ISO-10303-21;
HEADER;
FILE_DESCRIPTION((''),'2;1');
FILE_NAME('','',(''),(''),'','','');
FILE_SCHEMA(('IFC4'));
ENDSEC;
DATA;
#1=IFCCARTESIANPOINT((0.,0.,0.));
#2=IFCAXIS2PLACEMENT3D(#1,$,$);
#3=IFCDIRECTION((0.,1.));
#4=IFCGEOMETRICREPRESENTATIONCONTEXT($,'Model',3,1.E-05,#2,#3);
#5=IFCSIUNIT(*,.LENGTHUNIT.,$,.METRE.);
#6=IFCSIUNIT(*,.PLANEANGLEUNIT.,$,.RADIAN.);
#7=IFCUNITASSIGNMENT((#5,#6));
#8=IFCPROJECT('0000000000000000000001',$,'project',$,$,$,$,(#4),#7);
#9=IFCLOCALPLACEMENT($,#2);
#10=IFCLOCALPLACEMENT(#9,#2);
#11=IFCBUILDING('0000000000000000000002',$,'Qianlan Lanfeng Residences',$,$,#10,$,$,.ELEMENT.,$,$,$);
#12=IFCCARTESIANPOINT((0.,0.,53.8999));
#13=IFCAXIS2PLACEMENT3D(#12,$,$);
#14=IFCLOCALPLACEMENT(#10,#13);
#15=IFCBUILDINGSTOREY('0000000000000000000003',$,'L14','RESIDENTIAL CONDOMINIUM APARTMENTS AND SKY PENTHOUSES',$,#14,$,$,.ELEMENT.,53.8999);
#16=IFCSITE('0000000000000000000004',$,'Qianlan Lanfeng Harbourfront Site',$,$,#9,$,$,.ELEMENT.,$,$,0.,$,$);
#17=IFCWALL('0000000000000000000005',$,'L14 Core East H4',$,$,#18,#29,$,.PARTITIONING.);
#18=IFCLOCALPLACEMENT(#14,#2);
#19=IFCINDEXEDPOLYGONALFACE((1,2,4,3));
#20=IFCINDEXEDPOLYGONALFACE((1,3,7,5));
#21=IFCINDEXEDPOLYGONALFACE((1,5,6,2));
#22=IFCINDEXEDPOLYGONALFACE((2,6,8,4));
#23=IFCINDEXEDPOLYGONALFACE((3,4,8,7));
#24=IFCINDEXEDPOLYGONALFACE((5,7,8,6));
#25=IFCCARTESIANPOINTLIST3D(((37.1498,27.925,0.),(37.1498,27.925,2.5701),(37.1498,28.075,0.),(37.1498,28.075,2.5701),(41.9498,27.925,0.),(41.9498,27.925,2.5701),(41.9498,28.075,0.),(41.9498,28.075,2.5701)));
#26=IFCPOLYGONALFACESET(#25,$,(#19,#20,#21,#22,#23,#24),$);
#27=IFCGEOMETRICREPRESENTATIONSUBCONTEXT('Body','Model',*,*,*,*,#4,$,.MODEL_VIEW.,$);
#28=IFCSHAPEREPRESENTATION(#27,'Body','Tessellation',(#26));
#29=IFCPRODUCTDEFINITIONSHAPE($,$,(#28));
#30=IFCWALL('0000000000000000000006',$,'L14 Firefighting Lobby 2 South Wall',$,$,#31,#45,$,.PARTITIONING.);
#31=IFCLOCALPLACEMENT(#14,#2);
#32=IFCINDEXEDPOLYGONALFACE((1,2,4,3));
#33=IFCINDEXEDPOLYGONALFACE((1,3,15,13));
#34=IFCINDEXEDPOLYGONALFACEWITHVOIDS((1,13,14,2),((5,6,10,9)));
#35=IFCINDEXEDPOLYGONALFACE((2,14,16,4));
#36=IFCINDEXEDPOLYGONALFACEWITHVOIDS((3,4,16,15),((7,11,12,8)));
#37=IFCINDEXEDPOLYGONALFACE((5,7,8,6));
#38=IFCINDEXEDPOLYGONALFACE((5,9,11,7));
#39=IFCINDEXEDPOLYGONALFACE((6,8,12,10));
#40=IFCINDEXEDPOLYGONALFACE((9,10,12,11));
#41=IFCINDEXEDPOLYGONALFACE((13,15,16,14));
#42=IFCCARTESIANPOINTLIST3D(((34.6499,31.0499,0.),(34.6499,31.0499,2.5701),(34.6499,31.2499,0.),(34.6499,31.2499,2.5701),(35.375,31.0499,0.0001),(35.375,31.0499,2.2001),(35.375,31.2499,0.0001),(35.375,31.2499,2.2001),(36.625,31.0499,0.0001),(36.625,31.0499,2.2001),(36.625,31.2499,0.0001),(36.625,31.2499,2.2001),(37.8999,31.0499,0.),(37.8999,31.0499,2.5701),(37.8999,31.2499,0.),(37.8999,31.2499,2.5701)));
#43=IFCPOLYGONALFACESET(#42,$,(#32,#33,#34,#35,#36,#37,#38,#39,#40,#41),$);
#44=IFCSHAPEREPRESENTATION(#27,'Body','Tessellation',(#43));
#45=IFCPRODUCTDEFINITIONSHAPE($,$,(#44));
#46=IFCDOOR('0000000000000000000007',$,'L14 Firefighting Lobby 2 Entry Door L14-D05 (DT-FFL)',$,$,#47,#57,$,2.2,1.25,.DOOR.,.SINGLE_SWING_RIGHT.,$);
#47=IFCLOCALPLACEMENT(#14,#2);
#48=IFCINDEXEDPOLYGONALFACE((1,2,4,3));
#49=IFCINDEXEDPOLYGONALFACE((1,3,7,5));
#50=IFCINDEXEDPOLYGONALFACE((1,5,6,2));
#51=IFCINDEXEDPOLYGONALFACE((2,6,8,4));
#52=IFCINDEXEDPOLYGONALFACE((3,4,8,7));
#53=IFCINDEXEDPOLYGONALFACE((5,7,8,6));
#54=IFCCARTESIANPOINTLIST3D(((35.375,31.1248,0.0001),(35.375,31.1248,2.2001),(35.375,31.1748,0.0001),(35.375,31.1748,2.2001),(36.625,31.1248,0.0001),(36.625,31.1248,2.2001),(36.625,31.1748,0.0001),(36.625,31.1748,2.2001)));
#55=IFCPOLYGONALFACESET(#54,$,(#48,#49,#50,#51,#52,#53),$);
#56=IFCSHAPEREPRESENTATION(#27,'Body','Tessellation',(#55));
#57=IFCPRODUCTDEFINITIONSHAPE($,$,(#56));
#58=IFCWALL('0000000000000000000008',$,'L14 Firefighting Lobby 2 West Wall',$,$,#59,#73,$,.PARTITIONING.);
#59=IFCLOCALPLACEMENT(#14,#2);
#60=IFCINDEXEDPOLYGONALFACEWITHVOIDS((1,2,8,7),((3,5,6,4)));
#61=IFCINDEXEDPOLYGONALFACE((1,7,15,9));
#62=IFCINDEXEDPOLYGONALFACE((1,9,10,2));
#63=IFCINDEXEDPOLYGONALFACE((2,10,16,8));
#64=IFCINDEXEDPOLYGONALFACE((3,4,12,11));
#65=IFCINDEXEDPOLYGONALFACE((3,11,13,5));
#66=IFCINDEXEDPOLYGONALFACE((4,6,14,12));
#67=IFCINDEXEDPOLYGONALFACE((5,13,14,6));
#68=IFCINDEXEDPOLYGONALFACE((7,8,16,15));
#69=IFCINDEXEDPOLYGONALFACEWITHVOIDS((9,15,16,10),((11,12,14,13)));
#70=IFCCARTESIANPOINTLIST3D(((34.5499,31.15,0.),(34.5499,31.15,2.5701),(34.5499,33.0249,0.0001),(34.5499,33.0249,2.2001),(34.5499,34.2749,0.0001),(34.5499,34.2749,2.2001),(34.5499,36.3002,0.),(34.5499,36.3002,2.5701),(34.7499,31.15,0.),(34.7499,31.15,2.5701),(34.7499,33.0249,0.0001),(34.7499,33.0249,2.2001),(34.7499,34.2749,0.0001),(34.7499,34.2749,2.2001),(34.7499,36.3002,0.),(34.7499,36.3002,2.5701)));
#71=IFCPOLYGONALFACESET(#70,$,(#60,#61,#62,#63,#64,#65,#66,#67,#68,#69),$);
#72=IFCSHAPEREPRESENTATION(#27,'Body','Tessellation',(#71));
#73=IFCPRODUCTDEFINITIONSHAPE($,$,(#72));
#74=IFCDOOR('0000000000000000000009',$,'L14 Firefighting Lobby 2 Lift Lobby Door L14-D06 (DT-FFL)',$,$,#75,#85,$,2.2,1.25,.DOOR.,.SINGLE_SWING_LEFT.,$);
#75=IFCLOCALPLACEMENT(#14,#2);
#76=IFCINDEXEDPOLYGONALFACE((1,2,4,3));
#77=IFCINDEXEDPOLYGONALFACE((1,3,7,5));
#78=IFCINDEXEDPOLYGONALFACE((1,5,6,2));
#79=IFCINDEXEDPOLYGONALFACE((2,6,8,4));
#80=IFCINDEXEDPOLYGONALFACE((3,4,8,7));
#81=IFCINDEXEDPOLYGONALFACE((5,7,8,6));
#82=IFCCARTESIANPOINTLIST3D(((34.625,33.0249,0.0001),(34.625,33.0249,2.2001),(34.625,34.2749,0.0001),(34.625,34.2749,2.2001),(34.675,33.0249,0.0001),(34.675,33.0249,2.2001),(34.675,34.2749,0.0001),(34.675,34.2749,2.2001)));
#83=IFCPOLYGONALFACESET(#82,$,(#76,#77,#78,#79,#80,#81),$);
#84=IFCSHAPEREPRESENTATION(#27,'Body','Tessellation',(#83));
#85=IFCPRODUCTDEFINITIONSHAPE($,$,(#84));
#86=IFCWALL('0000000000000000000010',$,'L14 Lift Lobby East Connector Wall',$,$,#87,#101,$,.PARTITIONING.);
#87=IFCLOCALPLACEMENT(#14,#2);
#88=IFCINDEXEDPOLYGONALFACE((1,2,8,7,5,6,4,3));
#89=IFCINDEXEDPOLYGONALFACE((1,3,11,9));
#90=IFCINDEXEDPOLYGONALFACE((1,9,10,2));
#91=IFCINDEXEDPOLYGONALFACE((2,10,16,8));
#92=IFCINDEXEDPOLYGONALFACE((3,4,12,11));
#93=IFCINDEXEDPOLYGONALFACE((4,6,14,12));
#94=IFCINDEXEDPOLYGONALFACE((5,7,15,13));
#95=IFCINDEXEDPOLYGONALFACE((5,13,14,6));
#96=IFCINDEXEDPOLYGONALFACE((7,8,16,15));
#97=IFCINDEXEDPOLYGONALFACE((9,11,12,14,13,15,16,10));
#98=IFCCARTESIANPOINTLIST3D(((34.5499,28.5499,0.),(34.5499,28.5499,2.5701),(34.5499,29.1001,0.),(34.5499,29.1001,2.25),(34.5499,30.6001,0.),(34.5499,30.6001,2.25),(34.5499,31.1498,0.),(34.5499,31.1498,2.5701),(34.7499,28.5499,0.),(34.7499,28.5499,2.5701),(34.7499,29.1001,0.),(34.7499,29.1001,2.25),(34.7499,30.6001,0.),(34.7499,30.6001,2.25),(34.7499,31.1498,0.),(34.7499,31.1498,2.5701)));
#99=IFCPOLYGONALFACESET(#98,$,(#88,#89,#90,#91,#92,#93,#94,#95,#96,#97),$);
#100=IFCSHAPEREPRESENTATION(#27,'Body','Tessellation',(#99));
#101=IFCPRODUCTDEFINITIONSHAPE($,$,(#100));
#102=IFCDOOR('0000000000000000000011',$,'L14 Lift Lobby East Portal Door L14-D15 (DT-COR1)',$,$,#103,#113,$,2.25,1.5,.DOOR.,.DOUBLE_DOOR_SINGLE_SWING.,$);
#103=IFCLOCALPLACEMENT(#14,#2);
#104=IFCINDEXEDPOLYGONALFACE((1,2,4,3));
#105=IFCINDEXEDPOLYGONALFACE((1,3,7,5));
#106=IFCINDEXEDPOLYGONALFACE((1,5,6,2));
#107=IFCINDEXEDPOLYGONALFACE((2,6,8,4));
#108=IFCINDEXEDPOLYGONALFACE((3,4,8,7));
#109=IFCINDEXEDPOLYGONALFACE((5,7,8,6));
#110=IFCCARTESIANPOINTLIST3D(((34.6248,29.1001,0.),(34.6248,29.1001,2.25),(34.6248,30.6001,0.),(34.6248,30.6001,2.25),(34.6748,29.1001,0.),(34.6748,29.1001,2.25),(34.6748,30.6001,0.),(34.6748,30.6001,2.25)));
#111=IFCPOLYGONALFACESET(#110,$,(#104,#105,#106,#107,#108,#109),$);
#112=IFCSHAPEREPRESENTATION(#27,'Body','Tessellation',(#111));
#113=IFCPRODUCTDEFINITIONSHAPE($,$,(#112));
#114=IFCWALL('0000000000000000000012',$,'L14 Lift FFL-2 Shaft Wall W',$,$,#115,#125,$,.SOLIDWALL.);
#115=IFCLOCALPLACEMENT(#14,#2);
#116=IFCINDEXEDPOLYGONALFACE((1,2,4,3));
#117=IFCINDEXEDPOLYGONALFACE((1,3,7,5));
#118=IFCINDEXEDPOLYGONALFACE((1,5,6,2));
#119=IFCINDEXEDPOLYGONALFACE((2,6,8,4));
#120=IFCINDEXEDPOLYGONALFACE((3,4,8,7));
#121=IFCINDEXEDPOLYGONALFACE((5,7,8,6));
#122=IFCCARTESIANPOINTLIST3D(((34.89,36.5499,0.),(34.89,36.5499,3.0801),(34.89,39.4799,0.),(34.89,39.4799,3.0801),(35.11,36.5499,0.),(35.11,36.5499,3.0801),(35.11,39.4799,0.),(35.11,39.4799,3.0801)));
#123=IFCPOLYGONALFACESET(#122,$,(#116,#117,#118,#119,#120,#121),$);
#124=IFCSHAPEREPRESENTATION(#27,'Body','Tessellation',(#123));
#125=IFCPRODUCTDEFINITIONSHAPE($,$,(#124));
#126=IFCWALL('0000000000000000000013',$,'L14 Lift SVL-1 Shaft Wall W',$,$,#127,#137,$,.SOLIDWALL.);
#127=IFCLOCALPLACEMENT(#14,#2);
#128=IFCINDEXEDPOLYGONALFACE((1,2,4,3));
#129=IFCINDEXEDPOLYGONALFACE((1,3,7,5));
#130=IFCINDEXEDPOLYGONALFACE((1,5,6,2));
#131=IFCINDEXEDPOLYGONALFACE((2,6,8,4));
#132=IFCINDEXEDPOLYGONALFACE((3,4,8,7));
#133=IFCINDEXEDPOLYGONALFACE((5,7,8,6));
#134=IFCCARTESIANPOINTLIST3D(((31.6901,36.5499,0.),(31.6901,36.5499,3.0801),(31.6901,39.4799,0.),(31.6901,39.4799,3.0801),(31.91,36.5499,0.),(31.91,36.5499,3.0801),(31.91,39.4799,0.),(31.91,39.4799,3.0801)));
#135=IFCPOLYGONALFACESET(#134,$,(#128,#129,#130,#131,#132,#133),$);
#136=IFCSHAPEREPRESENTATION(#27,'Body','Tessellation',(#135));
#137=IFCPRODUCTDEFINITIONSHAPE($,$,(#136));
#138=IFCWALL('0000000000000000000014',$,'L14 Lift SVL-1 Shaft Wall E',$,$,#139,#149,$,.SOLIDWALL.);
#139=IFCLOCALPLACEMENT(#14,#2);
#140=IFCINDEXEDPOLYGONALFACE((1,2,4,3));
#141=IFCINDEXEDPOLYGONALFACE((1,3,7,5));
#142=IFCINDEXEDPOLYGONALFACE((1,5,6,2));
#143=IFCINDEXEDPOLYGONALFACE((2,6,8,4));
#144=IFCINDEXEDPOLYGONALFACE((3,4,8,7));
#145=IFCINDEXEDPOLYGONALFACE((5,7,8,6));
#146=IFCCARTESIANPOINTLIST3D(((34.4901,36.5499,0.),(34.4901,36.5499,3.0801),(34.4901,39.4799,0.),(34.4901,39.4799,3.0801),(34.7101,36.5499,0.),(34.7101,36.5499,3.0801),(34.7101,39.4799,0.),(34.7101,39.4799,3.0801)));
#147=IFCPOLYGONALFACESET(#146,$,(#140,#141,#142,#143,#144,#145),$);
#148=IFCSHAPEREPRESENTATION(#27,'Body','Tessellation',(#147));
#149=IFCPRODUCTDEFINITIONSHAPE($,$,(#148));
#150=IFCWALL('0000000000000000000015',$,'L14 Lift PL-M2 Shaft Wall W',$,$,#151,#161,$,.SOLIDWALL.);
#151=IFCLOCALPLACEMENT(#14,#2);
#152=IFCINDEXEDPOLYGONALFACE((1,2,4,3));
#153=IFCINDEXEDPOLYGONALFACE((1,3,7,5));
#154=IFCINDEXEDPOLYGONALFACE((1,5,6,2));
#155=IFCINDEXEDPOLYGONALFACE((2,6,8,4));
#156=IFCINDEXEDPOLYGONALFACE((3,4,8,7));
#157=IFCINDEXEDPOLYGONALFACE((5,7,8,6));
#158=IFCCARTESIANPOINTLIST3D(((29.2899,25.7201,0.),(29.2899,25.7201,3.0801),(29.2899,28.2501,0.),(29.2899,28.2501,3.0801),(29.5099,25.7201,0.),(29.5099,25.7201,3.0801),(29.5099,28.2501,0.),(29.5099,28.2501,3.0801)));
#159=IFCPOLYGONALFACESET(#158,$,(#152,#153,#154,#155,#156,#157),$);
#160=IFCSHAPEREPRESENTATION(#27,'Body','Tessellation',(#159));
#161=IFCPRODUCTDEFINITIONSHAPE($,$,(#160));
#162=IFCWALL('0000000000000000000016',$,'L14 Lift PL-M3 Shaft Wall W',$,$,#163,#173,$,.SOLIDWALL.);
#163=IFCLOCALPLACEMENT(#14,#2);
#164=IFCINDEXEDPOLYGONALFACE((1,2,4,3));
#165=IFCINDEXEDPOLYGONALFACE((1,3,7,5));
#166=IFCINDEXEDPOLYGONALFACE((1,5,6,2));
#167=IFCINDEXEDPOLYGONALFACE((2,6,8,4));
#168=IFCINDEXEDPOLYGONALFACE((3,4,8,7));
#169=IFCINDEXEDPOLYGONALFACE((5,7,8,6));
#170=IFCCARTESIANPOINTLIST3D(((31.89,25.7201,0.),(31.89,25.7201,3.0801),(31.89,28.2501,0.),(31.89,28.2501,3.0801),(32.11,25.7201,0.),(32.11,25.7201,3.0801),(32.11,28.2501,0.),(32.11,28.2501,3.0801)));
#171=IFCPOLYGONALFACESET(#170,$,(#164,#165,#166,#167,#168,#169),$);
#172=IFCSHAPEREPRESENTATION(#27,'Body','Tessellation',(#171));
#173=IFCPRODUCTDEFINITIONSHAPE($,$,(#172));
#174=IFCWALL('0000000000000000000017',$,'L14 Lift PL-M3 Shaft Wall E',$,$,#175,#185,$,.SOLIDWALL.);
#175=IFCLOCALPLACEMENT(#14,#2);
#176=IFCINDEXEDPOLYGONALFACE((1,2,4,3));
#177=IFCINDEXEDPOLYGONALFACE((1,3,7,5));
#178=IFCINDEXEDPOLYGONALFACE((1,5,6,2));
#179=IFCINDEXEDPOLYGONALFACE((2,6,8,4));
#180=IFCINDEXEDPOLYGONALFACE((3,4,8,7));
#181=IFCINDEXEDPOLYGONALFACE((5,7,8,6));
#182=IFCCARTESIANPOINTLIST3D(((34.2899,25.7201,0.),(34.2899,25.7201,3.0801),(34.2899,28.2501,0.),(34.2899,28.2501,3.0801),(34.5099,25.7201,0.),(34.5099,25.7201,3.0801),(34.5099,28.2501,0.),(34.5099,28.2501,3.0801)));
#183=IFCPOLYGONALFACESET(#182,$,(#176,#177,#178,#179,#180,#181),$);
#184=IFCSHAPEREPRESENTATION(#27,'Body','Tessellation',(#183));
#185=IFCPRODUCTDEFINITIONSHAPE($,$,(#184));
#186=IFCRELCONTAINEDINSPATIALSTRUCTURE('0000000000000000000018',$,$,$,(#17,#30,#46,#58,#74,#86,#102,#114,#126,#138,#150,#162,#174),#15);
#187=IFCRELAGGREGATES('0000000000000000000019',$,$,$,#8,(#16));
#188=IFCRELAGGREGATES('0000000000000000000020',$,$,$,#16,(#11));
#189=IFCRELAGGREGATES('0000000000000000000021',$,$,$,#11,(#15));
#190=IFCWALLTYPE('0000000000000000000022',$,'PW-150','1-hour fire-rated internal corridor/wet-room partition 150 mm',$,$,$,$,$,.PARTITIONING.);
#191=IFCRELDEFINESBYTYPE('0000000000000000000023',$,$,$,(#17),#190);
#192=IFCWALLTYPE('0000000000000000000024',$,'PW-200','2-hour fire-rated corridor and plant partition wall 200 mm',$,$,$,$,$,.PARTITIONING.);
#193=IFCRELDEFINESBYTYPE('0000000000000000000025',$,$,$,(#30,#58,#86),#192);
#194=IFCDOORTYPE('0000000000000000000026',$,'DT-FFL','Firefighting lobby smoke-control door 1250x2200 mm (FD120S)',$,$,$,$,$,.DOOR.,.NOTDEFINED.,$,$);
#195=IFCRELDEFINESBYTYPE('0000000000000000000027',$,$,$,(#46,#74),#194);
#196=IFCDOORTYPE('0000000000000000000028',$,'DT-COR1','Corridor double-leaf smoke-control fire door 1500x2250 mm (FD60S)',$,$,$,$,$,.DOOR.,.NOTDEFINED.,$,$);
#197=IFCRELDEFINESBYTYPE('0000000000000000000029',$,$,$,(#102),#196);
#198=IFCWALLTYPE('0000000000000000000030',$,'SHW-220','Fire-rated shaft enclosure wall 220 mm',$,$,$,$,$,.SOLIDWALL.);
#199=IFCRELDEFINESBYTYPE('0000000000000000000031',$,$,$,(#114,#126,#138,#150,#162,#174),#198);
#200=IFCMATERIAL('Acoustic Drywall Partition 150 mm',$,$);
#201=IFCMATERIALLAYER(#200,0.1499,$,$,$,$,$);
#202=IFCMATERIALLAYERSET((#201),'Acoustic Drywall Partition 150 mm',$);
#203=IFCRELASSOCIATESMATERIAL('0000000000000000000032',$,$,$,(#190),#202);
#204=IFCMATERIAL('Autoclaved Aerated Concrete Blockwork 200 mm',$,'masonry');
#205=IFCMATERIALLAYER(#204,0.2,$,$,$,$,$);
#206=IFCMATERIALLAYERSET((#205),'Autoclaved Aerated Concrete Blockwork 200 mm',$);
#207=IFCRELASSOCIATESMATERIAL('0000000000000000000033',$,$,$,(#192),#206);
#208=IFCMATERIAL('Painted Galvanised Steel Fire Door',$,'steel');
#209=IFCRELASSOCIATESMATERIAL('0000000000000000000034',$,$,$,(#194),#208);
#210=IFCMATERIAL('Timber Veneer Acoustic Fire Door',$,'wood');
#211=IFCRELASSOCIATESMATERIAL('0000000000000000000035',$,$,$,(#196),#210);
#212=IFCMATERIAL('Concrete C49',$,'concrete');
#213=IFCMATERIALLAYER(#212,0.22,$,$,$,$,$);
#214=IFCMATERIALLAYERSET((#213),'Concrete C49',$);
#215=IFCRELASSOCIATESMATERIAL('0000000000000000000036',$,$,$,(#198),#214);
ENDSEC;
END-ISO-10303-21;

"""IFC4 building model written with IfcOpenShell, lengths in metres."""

from ifc_helpers import new_model, si_unit, direction, frame, frame_2d, origin, place, context, subcontext, project, spatial, rectangle, extrude, material, layer, layer_set, type_object, element, fill, save


model = new_model("IFC4")

# Units and contexts
model_context = context("Model", 3, precision=1e-05, world=origin(), true_north=direction((0.0, 1.0)))
body_context = subcontext(model_context, "Body", "Model", "MODEL_VIEW")
ifc_project = project(units=[si_unit("LENGTHUNIT", "METRE"), si_unit("PLANEANGLEUNIT", "RADIAN")], contexts=[model_context])

# Site, building, storey
site_placement = place(None, origin())
site = spatial("IfcSite", under=ifc_project, at=site_placement, Name="Qianlan Lanfeng Harbourfront Site", CompositionType="ELEMENT", RefElevation=0.0)
building_placement = place(site_placement, origin())
building = spatial("IfcBuilding", under=site, at=building_placement, Name="Qianlan Lanfeng Residences", CompositionType="ELEMENT")
storey_placement = place(building_placement, frame((0.0, 0.0, 53.8999)))
storey = spatial("IfcBuildingStorey", under=building, at=storey_placement, Name="L14", Description="RESIDENTIAL CONDOMINIUM APARTMENTS AND SKY PENTHOUSES", CompositionType="ELEMENT", Elevation=53.8999)

# Wall
ifc_material_1 = material(Name="Acoustic Drywall Partition 150 mm")
ifc_layer_1 = layer(ifc_material_1, 0.1499)
ifc_layer_set_1 = layer_set([ifc_layer_1], Name="Acoustic Drywall Partition 150 mm")
wall_type_1 = type_object("IfcWallType", Name="PW-150", Description="1-hour fire-rated internal corridor/wet-room partition 150 mm", PredefinedType="PARTITIONING", material=ifc_layer_set_1)
wall_1_placement = place(storey_placement, frame((37.1499, 28.0, 0.0), z_axis=(0.0, 0.0, 1.0), x_axis=(1.0, 0.0, 0.0)))
element("IfcWall", 1, at=wall_1_placement, inside=storey, type_object=wall_type_1, Name="L14 Core East H4", PredefinedType="PARTITIONING", context=body_context, shape_type="SweptSolid", body=[
    extrude(rectangle(XDim=4.8, YDim=0.1499, at=frame_2d((2.3999, 0.0))), origin(), (0.0, 0.0, 1.0), 2.5701),
])

# Walls, openings, doors
ifc_material_2 = material(Name="Autoclaved Aerated Concrete Blockwork 200 mm", Category="masonry")
ifc_layer_2 = layer(ifc_material_2, 0.2)
ifc_layer_set_2 = layer_set([ifc_layer_2], Name="Autoclaved Aerated Concrete Blockwork 200 mm")
wall_type_2 = type_object("IfcWallType", Name="PW-200", Description="2-hour fire-rated corridor and plant partition wall 200 mm", PredefinedType="PARTITIONING", material=ifc_layer_set_2)
wall_2_placement = place(storey_placement, frame((34.6499, 31.1499, 0.0), z_axis=(0.0, 0.0, 1.0), x_axis=(1.0, 0.0, 0.0)))
wall_2 = element("IfcWall", 2, at=wall_2_placement, inside=storey, type_object=wall_type_2, Name="L14 Firefighting Lobby 2 South Wall", PredefinedType="PARTITIONING", context=body_context, shape_type="SweptSolid", body=[
    extrude(rectangle(XDim=3.25, YDim=0.2, at=frame_2d((1.625, 0.0))), origin(), (0.0, 0.0, 1.0), 2.5701),
])
opening_1_placement = place(wall_2_placement, frame((0.7251, 0.0, 0.0)))
opening_1 = element("IfcOpeningElement", 3, at=opening_1_placement, cuts=wall_2, PredefinedType="OPENING", context=body_context, shape_type="SweptSolid", body=[
    extrude(rectangle(XDim=1.25, YDim=2.2, at=frame_2d((0.625, 1.1001))), frame((0.0, 0.1099, 0.0), z_axis=(0.0, -1.0, 0.0), x_axis=(1.0, 0.0, 0.0)), (0.0, 0.0, 1.0), 0.22),
])
ifc_material_3 = material(Name="Painted Galvanised Steel Fire Door", Category="steel")
door_type_1 = type_object("IfcDoorType", Name="DT-FFL", Description="Firefighting lobby smoke-control door 1250x2200 mm (FD120S)", OperationType="NOTDEFINED", PredefinedType="DOOR", material=ifc_material_3)
door_1_placement = place(opening_1_placement, origin())
door_1 = element("IfcDoor", 4, at=door_1_placement, inside=storey, type_object=door_type_1, Name="L14 Firefighting Lobby 2 Entry Door L14-D05 (DT-FFL)", OperationType="SINGLE_SWING_RIGHT", OverallHeight=2.2, OverallWidth=1.25, PredefinedType="DOOR", context=body_context, shape_type="SweptSolid", body=[
    extrude(rectangle(XDim=1.25, YDim=2.2, at=frame_2d((0.625, 1.1001))), frame((0.0, 0.0249, 0.0), z_axis=(0.0, -1.0, 0.0), x_axis=(1.0, 0.0, 0.0)), (0.0, 0.0, 1.0), 0.05),
])
fill(opening_1, door_1)
wall_3_placement = place(storey_placement, frame((34.6499, 31.1499, 0.0), z_axis=(0.0, 0.0, 1.0), x_axis=(0.0, 1.0, 0.0)))
wall_3 = element("IfcWall", 5, at=wall_3_placement, inside=storey, type_object=wall_type_2, Name="L14 Firefighting Lobby 2 West Wall", PredefinedType="PARTITIONING", context=body_context, shape_type="SweptSolid", body=[
    extrude(rectangle(XDim=5.1501, YDim=0.2, at=frame_2d((2.5752, 0.0))), origin(), (0.0, 0.0, 1.0), 2.5701),
])
opening_2_placement = place(wall_3_placement, frame((1.875, 0.0, 0.0)))
opening_2 = element("IfcOpeningElement", 6, at=opening_2_placement, cuts=wall_3, PredefinedType="OPENING", context=body_context, shape_type="SweptSolid", body=[
    extrude(rectangle(XDim=1.25, YDim=2.2, at=frame_2d((0.625, 1.1001))), frame((0.0, 0.1099, 0.0), z_axis=(0.0, -1.0, 0.0), x_axis=(1.0, 0.0, 0.0)), (0.0, 0.0, 1.0), 0.22),
])
door_2_placement = place(opening_2_placement, origin())
door_2 = element("IfcDoor", 7, at=door_2_placement, inside=storey, type_object=door_type_1, Name="L14 Firefighting Lobby 2 Lift Lobby Door L14-D06 (DT-FFL)", OperationType="SINGLE_SWING_LEFT", OverallHeight=2.2, OverallWidth=1.25, PredefinedType="DOOR", context=body_context, shape_type="SweptSolid", body=[
    extrude(rectangle(XDim=1.25, YDim=2.2, at=frame_2d((0.625, 1.1001))), frame((0.0, 0.0249, 0.0), z_axis=(0.0, -1.0, 0.0), x_axis=(1.0, 0.0, 0.0)), (0.0, 0.0, 1.0), 0.05),
])
fill(opening_2, door_2)
wall_4_placement = place(storey_placement, frame((34.6499, 28.55, 0.0), z_axis=(0.0, 0.0, 1.0), x_axis=(0.0, 1.0, 0.0)))
wall_4 = element("IfcWall", 8, at=wall_4_placement, inside=storey, type_object=wall_type_2, Name="L14 Lift Lobby East Connector Wall", PredefinedType="PARTITIONING", context=body_context, shape_type="SweptSolid", body=[
    extrude(rectangle(XDim=2.5999, YDim=0.2, at=frame_2d((1.2998, 0.0))), origin(), (0.0, 0.0, 1.0), 2.5701),
])
opening_3_placement = place(wall_4_placement, frame((0.55, 0.0, 0.0)))
opening_3 = element("IfcOpeningElement", 9, at=opening_3_placement, cuts=wall_4, PredefinedType="OPENING", context=body_context, shape_type="SweptSolid", body=[
    extrude(rectangle(XDim=1.5, YDim=2.25, at=frame_2d((0.75, 1.125))), frame((0.0, 0.1099, 0.0), z_axis=(0.0, -1.0, 0.0), x_axis=(1.0, 0.0, 0.0)), (0.0, 0.0, 1.0), 0.22),
])
ifc_material_4 = material(Name="Timber Veneer Acoustic Fire Door", Category="wood")
door_type_2 = type_object("IfcDoorType", Name="DT-COR1", Description="Corridor double-leaf smoke-control fire door 1500x2250 mm (FD60S)", OperationType="NOTDEFINED", PredefinedType="DOOR", material=ifc_material_4)
door_3_placement = place(opening_3_placement, frame((1.5, 0.0, 0.0), z_axis=(0.0, 0.0, 1.0), x_axis=(-1.0, 0.0, 0.0)))
door_3 = element("IfcDoor", 10, at=door_3_placement, inside=storey, type_object=door_type_2, Name="L14 Lift Lobby East Portal Door L14-D15 (DT-COR1)", OperationType="DOUBLE_DOOR_SINGLE_SWING", OverallHeight=2.25, OverallWidth=1.5, PredefinedType="DOOR", context=body_context, shape_type="SweptSolid", body=[
    extrude(rectangle(XDim=1.5, YDim=2.25, at=frame_2d((0.75, 1.125))), frame((0.0, 0.0249, 0.0), z_axis=(0.0, -1.0, 0.0), x_axis=(1.0, 0.0, 0.0)), (0.0, 0.0, 1.0), 0.05),
])
fill(opening_3, door_3)

# Walls
ifc_material_5 = material(Name="Concrete C49", Category="concrete")
ifc_layer_3 = layer(ifc_material_5, 0.22)
ifc_layer_set_3 = layer_set([ifc_layer_3], Name="Concrete C49")
wall_type_3 = type_object("IfcWallType", Name="SHW-220", Description="Fire-rated shaft enclosure wall 220 mm", PredefinedType="SOLIDWALL", material=ifc_layer_set_3)
for number, where, z_axis, x_axis, name in (
    (11, (35.0, 36.55, 0.0), (0.0, 0.0, 1.0), (0.0, 1.0, 0.0), "L14 Lift FFL-2 Shaft Wall W"),
    (12, (31.8, 36.55, 0.0), (0.0, 0.0, 1.0), (0.0, 1.0, 0.0), "L14 Lift SVL-1 Shaft Wall W"),
    (13, (34.6001, 36.55, 0.0), (0.0, 0.0, 1.0), (0.0, 1.0, 0.0), "L14 Lift SVL-1 Shaft Wall E"),
):
    element("IfcWall", number, at=place(storey_placement, frame(where, z_axis=z_axis, x_axis=x_axis)), inside=storey, type_object=wall_type_3, Name=name, PredefinedType="SOLIDWALL", context=body_context, shape_type="SweptSolid", body=[
        extrude(rectangle(XDim=2.9299, YDim=0.22, at=frame_2d((1.4648, 0.0))), origin(), (0.0, 0.0, 1.0), 3.0801),
    ])
for number, where, z_axis, x_axis, name in (
    (14, (29.3999, 25.72, 0.0), (0.0, 0.0, 1.0), (0.0, 1.0, 0.0), "L14 Lift PL-M2 Shaft Wall W"),
    (15, (32.0, 25.72, 0.0), (0.0, 0.0, 1.0), (0.0, 1.0, 0.0), "L14 Lift PL-M3 Shaft Wall W"),
    (16, (34.3999, 25.72, 0.0), (0.0, 0.0, 1.0), (0.0, 1.0, 0.0), "L14 Lift PL-M3 Shaft Wall E"),
):
    element("IfcWall", number, at=place(storey_placement, frame(where, z_axis=z_axis, x_axis=x_axis)), inside=storey, type_object=wall_type_3, Name=name, PredefinedType="SOLIDWALL", context=body_context, shape_type="SweptSolid", body=[
        extrude(rectangle(XDim=2.53, YDim=0.22, at=frame_2d((1.2651, 0.0))), origin(), (0.0, 0.0, 1.0), 3.0801),
    ])

save(model, "model.ifc")
